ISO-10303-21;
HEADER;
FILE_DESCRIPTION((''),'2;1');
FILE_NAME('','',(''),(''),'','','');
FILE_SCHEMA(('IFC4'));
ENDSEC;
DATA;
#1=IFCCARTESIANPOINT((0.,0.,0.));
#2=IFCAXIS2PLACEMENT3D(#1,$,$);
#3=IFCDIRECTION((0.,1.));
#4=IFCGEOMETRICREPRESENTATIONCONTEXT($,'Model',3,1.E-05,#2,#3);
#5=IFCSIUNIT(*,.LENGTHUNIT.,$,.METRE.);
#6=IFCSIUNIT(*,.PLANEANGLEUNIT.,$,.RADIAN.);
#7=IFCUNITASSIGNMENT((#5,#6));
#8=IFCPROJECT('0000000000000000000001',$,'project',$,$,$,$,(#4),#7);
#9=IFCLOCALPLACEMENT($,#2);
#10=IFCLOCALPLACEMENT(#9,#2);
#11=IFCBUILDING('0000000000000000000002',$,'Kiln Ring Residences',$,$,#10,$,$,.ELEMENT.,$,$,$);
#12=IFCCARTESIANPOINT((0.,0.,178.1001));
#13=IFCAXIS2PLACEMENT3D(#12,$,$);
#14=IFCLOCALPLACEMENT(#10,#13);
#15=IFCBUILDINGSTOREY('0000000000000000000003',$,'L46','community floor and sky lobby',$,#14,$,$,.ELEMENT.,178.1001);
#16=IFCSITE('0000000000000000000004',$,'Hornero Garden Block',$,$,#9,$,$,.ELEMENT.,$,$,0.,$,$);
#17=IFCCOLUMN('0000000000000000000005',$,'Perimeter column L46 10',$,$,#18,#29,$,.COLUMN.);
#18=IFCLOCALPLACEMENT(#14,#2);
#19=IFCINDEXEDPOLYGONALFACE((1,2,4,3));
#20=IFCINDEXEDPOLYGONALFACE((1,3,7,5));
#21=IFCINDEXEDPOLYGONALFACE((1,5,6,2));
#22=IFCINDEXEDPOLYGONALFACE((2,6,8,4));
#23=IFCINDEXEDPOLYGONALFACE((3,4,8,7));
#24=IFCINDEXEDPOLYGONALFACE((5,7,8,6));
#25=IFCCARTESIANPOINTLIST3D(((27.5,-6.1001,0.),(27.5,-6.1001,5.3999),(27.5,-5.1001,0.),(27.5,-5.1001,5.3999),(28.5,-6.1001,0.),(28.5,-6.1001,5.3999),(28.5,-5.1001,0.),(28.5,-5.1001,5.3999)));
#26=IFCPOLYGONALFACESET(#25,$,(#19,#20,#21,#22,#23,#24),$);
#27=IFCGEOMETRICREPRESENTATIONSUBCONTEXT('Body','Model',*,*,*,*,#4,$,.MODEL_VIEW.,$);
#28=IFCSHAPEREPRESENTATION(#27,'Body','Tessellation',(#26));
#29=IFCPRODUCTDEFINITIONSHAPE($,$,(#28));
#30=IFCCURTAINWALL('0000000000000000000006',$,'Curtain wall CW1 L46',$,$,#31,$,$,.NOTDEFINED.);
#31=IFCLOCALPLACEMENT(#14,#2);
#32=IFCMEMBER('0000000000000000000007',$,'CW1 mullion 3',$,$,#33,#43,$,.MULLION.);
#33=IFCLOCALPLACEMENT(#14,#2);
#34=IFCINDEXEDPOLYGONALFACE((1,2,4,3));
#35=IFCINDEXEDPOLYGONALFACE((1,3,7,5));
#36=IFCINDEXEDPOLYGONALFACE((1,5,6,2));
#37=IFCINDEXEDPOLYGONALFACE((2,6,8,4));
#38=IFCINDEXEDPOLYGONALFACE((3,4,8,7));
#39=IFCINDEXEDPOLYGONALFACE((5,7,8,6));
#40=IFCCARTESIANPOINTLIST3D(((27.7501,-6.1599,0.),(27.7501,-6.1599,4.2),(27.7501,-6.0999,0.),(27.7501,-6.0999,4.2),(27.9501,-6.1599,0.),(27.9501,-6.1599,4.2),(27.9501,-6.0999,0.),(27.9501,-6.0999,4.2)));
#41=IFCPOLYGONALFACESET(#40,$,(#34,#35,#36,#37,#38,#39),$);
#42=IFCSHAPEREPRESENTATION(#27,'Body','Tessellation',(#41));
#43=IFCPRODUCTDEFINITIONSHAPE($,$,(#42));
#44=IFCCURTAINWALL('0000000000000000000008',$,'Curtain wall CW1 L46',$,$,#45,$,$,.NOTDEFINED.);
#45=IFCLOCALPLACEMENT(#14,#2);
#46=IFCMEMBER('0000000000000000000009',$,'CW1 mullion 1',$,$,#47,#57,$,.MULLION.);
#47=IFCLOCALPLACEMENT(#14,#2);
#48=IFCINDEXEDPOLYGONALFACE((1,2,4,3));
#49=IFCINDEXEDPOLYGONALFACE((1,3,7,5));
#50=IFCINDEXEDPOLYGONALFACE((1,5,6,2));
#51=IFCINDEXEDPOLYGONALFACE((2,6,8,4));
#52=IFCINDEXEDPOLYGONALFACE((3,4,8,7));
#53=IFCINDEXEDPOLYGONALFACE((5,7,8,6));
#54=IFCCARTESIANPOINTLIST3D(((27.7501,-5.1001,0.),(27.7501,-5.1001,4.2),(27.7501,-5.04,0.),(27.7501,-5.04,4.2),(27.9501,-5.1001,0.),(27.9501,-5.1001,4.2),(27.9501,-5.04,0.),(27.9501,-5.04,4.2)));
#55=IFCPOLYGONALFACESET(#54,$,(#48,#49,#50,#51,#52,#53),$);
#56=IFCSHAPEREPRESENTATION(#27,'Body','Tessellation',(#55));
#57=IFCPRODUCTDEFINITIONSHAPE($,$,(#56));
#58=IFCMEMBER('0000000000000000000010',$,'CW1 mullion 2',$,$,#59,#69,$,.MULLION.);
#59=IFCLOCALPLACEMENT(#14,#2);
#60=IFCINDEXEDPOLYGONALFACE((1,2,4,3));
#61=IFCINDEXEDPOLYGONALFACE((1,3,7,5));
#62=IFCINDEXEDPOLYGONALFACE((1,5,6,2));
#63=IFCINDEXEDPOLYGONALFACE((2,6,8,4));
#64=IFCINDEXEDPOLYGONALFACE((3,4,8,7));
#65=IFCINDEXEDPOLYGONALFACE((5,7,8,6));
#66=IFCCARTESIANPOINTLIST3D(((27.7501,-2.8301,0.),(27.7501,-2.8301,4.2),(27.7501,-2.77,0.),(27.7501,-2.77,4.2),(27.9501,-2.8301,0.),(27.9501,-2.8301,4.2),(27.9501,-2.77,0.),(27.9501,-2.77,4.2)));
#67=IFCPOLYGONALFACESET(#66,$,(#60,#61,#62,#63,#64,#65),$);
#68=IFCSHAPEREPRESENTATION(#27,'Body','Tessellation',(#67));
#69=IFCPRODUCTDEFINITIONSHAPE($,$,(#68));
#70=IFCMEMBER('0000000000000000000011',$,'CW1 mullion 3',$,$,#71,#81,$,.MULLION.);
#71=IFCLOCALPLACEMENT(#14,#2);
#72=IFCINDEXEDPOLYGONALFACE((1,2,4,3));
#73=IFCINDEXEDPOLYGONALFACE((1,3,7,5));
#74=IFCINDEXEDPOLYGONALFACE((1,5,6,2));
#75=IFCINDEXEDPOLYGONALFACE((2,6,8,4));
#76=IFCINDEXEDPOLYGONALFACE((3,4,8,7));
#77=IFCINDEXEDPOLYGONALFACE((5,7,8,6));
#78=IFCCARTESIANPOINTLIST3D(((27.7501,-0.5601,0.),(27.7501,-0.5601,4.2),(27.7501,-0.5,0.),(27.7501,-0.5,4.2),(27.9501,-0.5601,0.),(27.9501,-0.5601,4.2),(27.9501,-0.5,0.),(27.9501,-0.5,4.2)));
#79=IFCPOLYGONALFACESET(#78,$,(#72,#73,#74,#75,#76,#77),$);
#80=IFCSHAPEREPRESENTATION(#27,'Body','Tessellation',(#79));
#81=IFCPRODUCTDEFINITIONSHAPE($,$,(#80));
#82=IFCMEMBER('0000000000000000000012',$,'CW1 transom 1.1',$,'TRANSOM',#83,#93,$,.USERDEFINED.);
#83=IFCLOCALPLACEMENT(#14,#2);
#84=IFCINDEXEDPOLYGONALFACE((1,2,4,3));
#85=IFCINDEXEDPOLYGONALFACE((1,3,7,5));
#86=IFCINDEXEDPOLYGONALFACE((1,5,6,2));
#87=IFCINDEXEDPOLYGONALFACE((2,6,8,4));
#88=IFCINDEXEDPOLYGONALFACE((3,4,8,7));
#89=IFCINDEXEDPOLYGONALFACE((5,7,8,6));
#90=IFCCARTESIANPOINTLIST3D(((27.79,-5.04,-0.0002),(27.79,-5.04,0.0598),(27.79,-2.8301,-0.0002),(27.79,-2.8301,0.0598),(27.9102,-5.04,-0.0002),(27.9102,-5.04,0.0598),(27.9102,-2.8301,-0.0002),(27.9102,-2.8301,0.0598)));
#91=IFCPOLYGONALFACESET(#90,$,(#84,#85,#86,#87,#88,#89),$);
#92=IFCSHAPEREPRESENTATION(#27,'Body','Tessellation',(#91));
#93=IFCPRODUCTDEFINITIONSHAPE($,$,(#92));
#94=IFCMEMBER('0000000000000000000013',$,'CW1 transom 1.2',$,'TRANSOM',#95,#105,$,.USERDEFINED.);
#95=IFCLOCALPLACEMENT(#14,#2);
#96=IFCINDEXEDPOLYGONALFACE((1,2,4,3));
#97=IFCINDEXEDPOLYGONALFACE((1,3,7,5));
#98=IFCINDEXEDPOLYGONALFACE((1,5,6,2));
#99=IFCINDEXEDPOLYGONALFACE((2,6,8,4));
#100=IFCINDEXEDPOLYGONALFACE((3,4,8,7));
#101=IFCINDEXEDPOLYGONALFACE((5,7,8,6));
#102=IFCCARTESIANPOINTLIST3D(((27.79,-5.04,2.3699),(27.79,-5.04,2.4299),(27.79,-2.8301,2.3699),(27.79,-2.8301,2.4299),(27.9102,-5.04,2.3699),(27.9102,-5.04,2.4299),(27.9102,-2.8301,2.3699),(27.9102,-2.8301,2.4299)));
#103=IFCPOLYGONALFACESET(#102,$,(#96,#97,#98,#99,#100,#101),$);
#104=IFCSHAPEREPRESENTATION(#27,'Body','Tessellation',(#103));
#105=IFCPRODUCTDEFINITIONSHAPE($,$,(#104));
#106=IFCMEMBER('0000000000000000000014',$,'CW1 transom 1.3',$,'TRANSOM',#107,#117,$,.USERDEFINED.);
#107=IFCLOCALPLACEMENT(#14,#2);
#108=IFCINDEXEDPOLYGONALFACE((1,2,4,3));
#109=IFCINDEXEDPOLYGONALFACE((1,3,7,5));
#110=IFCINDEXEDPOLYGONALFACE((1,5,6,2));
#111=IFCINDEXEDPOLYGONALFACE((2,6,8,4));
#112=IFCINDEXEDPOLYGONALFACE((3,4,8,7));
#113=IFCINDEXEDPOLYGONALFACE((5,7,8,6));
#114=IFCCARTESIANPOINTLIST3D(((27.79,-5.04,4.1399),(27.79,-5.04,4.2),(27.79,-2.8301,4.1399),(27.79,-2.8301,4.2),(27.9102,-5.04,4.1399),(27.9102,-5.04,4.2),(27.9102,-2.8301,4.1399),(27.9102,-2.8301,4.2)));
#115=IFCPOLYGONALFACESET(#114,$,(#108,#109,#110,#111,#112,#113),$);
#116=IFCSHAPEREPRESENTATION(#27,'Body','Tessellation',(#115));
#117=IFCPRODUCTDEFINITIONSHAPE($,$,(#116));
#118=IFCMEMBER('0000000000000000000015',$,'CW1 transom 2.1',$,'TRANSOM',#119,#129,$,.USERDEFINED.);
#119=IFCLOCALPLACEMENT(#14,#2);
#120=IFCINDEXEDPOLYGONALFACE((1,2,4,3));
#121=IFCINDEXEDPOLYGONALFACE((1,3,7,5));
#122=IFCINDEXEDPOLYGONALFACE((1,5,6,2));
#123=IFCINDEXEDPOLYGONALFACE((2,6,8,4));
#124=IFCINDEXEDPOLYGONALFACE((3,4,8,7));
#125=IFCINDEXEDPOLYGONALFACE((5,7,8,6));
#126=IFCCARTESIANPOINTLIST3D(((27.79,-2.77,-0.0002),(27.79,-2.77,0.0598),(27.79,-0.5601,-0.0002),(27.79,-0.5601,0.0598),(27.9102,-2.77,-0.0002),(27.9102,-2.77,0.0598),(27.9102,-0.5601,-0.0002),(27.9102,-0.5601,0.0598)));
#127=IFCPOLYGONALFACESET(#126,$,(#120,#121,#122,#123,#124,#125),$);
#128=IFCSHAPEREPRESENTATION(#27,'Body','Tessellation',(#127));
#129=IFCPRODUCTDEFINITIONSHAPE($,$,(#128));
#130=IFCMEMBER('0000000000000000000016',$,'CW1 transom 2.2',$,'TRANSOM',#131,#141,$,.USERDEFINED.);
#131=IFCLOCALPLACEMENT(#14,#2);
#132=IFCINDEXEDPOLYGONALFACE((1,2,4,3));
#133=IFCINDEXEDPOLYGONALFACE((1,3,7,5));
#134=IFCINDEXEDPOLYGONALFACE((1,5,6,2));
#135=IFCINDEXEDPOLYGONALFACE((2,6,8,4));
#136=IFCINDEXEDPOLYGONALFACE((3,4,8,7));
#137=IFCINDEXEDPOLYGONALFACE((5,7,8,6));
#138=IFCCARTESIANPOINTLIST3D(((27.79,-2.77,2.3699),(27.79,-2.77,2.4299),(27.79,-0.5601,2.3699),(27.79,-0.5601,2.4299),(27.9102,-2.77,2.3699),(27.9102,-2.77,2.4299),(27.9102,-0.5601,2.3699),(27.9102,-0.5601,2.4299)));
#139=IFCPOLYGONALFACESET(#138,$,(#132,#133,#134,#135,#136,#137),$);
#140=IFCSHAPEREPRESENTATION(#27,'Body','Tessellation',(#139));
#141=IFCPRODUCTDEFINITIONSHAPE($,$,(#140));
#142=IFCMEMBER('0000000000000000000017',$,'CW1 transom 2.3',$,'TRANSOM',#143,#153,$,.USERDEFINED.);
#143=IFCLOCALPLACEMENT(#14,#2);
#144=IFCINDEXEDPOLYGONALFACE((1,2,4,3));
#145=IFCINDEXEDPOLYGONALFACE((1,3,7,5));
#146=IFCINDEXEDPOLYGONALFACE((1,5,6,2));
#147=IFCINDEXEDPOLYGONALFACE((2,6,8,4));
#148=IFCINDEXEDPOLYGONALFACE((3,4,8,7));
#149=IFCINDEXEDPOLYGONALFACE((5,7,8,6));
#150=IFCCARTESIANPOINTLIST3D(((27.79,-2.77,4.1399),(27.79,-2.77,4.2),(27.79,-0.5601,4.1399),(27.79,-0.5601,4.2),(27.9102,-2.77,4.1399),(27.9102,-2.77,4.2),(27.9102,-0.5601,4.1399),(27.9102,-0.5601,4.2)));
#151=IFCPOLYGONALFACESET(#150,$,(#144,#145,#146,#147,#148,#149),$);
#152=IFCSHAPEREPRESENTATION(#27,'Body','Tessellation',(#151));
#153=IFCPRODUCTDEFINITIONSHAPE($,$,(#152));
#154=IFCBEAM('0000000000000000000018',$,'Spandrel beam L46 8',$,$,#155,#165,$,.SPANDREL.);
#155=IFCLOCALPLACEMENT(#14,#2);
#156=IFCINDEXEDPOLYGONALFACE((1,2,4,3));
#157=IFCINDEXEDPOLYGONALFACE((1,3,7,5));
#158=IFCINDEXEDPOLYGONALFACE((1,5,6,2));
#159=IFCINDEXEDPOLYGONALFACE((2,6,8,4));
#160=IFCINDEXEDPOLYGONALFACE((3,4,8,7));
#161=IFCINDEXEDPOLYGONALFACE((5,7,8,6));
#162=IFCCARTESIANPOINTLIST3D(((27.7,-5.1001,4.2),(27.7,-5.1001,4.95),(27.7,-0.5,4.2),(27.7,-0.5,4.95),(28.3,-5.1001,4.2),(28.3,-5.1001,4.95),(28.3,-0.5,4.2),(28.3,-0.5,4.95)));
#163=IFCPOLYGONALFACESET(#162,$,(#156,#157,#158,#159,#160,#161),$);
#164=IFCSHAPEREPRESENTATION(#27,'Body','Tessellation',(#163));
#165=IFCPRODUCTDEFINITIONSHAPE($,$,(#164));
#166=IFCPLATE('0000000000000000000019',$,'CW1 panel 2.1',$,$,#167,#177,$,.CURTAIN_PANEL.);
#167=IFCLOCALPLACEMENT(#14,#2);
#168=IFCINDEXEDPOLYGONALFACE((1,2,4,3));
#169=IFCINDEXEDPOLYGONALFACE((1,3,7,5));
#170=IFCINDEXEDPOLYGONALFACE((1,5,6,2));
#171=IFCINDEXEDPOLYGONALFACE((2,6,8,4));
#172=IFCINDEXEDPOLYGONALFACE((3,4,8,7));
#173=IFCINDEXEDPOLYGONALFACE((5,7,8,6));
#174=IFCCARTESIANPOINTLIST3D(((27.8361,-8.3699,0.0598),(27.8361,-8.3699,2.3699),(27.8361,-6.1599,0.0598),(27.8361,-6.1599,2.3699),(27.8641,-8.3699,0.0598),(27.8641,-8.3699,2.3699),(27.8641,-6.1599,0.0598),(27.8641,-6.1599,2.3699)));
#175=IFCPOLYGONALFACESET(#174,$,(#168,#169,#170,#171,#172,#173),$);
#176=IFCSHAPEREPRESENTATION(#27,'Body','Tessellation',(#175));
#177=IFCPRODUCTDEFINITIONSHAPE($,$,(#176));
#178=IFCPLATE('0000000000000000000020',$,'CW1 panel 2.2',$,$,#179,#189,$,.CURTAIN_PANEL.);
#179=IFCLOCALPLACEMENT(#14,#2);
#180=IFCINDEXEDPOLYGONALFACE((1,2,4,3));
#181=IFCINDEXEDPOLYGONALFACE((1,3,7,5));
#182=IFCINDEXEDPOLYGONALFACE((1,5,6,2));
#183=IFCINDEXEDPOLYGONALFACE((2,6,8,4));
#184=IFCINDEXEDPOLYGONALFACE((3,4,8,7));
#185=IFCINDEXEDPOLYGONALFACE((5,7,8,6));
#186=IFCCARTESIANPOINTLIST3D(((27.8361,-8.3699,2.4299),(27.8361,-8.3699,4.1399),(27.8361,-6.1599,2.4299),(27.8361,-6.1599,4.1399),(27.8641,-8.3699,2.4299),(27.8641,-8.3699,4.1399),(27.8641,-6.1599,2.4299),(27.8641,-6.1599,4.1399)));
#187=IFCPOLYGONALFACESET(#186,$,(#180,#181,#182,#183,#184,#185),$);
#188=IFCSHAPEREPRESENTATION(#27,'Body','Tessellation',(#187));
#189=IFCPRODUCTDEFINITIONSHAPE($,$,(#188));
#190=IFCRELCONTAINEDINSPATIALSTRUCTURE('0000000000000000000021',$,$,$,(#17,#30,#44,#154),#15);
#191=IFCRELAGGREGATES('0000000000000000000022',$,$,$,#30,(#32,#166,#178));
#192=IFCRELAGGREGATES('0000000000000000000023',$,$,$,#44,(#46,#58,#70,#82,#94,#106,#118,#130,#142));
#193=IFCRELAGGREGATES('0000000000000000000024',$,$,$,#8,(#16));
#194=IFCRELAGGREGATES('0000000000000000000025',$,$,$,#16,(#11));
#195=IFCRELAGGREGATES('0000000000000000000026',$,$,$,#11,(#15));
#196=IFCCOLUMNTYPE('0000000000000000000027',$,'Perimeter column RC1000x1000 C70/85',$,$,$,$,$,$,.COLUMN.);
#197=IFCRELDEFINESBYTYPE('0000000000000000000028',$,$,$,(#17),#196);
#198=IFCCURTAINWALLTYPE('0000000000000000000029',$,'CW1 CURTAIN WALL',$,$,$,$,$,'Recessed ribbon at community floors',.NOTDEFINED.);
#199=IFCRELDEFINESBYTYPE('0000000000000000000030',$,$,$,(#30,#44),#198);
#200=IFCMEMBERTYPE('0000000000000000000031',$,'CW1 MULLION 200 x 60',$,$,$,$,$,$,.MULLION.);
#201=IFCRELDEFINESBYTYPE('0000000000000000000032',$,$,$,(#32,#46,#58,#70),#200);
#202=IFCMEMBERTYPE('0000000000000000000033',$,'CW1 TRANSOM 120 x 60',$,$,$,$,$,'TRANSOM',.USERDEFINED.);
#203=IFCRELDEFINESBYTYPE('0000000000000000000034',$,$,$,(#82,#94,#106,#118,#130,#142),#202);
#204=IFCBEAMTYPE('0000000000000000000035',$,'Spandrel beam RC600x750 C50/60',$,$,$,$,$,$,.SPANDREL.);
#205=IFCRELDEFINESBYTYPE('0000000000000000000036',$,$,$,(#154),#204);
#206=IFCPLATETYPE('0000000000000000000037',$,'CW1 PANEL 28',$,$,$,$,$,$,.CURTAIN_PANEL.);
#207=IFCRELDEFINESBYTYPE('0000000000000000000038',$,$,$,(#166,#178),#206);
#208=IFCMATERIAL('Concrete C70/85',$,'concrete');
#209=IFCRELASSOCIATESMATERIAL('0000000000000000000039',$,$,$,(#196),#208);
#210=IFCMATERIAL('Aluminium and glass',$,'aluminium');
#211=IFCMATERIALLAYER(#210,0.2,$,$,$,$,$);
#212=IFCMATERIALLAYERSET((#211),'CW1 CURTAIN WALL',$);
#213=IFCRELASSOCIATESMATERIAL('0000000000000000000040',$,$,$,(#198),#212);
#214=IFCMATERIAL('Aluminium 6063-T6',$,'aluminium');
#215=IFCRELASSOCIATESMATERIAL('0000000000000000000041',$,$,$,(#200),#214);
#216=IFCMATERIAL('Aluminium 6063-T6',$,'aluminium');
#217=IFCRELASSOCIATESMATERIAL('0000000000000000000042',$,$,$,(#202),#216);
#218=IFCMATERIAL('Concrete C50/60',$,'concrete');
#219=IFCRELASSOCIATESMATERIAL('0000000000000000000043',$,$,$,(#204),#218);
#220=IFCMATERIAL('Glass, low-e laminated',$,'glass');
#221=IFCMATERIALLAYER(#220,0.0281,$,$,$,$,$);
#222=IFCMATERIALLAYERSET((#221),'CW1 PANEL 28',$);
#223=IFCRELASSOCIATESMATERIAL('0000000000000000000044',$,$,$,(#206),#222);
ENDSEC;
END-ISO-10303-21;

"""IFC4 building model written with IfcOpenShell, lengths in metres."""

from ifc_helpers import new_model, si_unit, direction, frame, origin, origin_2d, place, context, subcontext, project, spatial, rectangle, extrude, material, layer, layer_set, material_profile, profile_set, type_object, element, aggregate, save


model = new_model("IFC4")

# Units and contexts
model_context = context("Model", 3, precision=1e-05, world=origin(), true_north=direction((0.0, 1.0)))
body_context = subcontext(model_context, "Body", "Model", "MODEL_VIEW")
ifc_project = project(units=[si_unit("LENGTHUNIT", "METRE"), si_unit("PLANEANGLEUNIT", "RADIAN")], contexts=[model_context])

# Site, building, storey
site_placement = place(None, origin())
site = spatial("IfcSite", under=ifc_project, at=site_placement, Name="Hornero Garden Block", CompositionType="ELEMENT", RefElevation=0.0)
building_placement = place(site_placement, origin())
building = spatial("IfcBuilding", under=site, at=building_placement, Name="Kiln Ring Residences", CompositionType="ELEMENT")
storey_placement = place(building_placement, frame((0.0, 0.0, 178.1001)))
storey = spatial("IfcBuildingStorey", under=building, at=storey_placement, Name="L46", Description="community floor and sky lobby", CompositionType="ELEMENT", Elevation=178.1001)

# Column
ifc_material_1 = material(Name="Concrete C70/85", Category="concrete")
ifc_material_profile_1 = material_profile(ifc_material_1, rectangle(XDim=1.0, YDim=1.0, at=origin_2d()), Name="RC1000x1000")
ifc_profile_set_1 = profile_set([ifc_material_profile_1], Name="Concrete C70/85")
column_type = type_object("IfcColumnType", Name="Perimeter column RC1000x1000 C70/85", PredefinedType="COLUMN", material=ifc_profile_set_1)
column_placement = place(storey_placement, frame((28.0, -5.6001, 0.0), z_axis=(0.0, 0.0, 1.0), x_axis=(1.0, 0.0, 0.0)))
element("IfcColumn", 1, at=column_placement, inside=storey, type_object=column_type, Name="Perimeter column L46 10", PredefinedType="COLUMN", context=body_context, shape_type="SweptSolid", body=[
    extrude(rectangle(XDim=1.0, YDim=1.0, at=origin_2d()), origin(), (0.0, 0.0, 1.0), 5.3999),
])

# Curtain wall, member
ifc_material_2 = material(Name="Aluminium and glass", Category="aluminium")
ifc_layer_1 = layer(ifc_material_2, 0.2)
ifc_layer_set_1 = layer_set([ifc_layer_1], Name="CW1 CURTAIN WALL")
curtain_wall_type = type_object("IfcCurtainWallType", Name="CW1 CURTAIN WALL", ElementType="Recessed ribbon at community floors", PredefinedType="NOTDEFINED", material=ifc_layer_set_1)
placement = place(storey_placement, origin())
curtain_wall_1 = element("IfcCurtainWall", 2, at=placement, inside=storey, type_object=curtain_wall_type, Name="Curtain wall CW1 L46", PredefinedType="NOTDEFINED")
ifc_material_3 = material(Name="Aluminium 6063-T6", Category="aluminium")
ifc_material_profile_2 = material_profile(ifc_material_3, rectangle(XDim=0.2, YDim=0.0601, at=origin_2d()), Name="AL 200x60")
ifc_profile_set_2 = profile_set([ifc_material_profile_2], Name="Aluminium 6063-T6")
member_type_1 = type_object("IfcMemberType", Name="CW1 MULLION 200 x 60", PredefinedType="MULLION", material=ifc_profile_set_2)
member_1_placement = place(storey_placement, frame((27.8501, -6.1299, 0.0), z_axis=(0.0, 0.0, 1.0), x_axis=(-1.0, 0.0, 0.0)))
member_1 = element("IfcMember", 3, at=member_1_placement, type_object=member_type_1, Name="CW1 mullion 3", PredefinedType="MULLION", context=body_context, shape_type="SweptSolid", body=[
    extrude(rectangle(XDim=0.2, YDim=0.0601, at=origin_2d()), origin(), (0.0, 0.0, 1.0), 4.2),
])

# Curtain wall, members
curtain_wall_2 = element("IfcCurtainWall", 4, at=placement, inside=storey, type_object=curtain_wall_type, Name="Curtain wall CW1 L46", PredefinedType="NOTDEFINED")
member_2_placement = place(storey_placement, frame((27.8501, -5.0701, 0.0), z_axis=(0.0, 0.0, 1.0), x_axis=(-1.0, 0.0, 0.0)))
member_2 = element("IfcMember", 5, at=member_2_placement, type_object=member_type_1, Name="CW1 mullion 1", PredefinedType="MULLION", context=body_context, shape_type="SweptSolid", body=[
    extrude(rectangle(XDim=0.2, YDim=0.0601, at=origin_2d()), origin(), (0.0, 0.0, 1.0), 4.2),
])
member_3_placement = place(storey_placement, frame((27.8501, -2.8, 0.0), z_axis=(0.0, 0.0, 1.0), x_axis=(-1.0, 0.0, 0.0)))
member_3 = element("IfcMember", 6, at=member_3_placement, type_object=member_type_1, Name="CW1 mullion 2", PredefinedType="MULLION", context=body_context, shape_type="SweptSolid", body=[
    extrude(rectangle(XDim=0.2, YDim=0.0601, at=origin_2d()), origin(), (0.0, 0.0, 1.0), 4.2),
])
member_4_placement = place(storey_placement, frame((27.8501, -0.53, 0.0), z_axis=(0.0, 0.0, 1.0), x_axis=(-1.0, 0.0, 0.0)))
member_4 = element("IfcMember", 7, at=member_4_placement, type_object=member_type_1, Name="CW1 mullion 3", PredefinedType="MULLION", context=body_context, shape_type="SweptSolid", body=[
    extrude(rectangle(XDim=0.2, YDim=0.0601, at=origin_2d()), origin(), (0.0, 0.0, 1.0), 4.2),
])
ifc_material_4 = material(Name="Aluminium 6063-T6", Category="aluminium")
ifc_material_profile_3 = material_profile(ifc_material_4, rectangle(XDim=0.1201, YDim=0.0601, at=origin_2d()), Name="AL 120x60")
ifc_profile_set_3 = profile_set([ifc_material_profile_3], Name="Aluminium 6063-T6")
member_type_2 = type_object("IfcMemberType", Name="CW1 TRANSOM 120 x 60", ElementType="TRANSOM", PredefinedType="USERDEFINED", material=ifc_profile_set_3)
member_5_placement = place(storey_placement, frame((27.8501, -5.04, 0.0298), z_axis=(0.0, 1.0, 0.0), x_axis=(-1.0, 0.0, 0.0)))
member_5 = element("IfcMember", 8, at=member_5_placement, type_object=member_type_2, Name="CW1 transom 1.1", ObjectType="TRANSOM", PredefinedType="USERDEFINED", context=body_context, shape_type="SweptSolid", body=[
    extrude(rectangle(XDim=0.1201, YDim=0.0601, at=origin_2d()), origin(), (0.0, 0.0, 1.0), 2.21),
])
member_6_placement = place(storey_placement, frame((27.8501, -5.04, 2.3999), z_axis=(0.0, 1.0, 0.0), x_axis=(-1.0, 0.0, 0.0)))
member_6 = element("IfcMember", 9, at=member_6_placement, type_object=member_type_2, Name="CW1 transom 1.2", ObjectType="TRANSOM", PredefinedType="USERDEFINED", context=body_context, shape_type="SweptSolid", body=[
    extrude(rectangle(XDim=0.1201, YDim=0.0601, at=origin_2d()), origin(), (0.0, 0.0, 1.0), 2.21),
])
member_7_placement = place(storey_placement, frame((27.8501, -5.04, 4.1699), z_axis=(0.0, 1.0, 0.0), x_axis=(-1.0, 0.0, 0.0)))
member_7 = element("IfcMember", 10, at=member_7_placement, type_object=member_type_2, Name="CW1 transom 1.3", ObjectType="TRANSOM", PredefinedType="USERDEFINED", context=body_context, shape_type="SweptSolid", body=[
    extrude(rectangle(XDim=0.1201, YDim=0.0601, at=origin_2d()), origin(), (0.0, 0.0, 1.0), 2.21),
])
member_8_placement = place(storey_placement, frame((27.8501, -2.77, 0.0298), z_axis=(0.0, 1.0, 0.0), x_axis=(-1.0, 0.0, 0.0)))
member_8 = element("IfcMember", 11, at=member_8_placement, type_object=member_type_2, Name="CW1 transom 2.1", ObjectType="TRANSOM", PredefinedType="USERDEFINED", context=body_context, shape_type="SweptSolid", body=[
    extrude(rectangle(XDim=0.1201, YDim=0.0601, at=origin_2d()), origin(), (0.0, 0.0, 1.0), 2.21),
])
member_9_placement = place(storey_placement, frame((27.8501, -2.77, 2.3999), z_axis=(0.0, 1.0, 0.0), x_axis=(-1.0, 0.0, 0.0)))
member_9 = element("IfcMember", 12, at=member_9_placement, type_object=member_type_2, Name="CW1 transom 2.2", ObjectType="TRANSOM", PredefinedType="USERDEFINED", context=body_context, shape_type="SweptSolid", body=[
    extrude(rectangle(XDim=0.1201, YDim=0.0601, at=origin_2d()), origin(), (0.0, 0.0, 1.0), 2.21),
])
member_10_placement = place(storey_placement, frame((27.8501, -2.77, 4.1699), z_axis=(0.0, 1.0, 0.0), x_axis=(-1.0, 0.0, 0.0)))
member_10 = element("IfcMember", 13, at=member_10_placement, type_object=member_type_2, Name="CW1 transom 2.3", ObjectType="TRANSOM", PredefinedType="USERDEFINED", context=body_context, shape_type="SweptSolid", body=[
    extrude(rectangle(XDim=0.1201, YDim=0.0601, at=origin_2d()), origin(), (0.0, 0.0, 1.0), 2.21),
])

# Beam
ifc_material_5 = material(Name="Concrete C50/60", Category="concrete")
ifc_material_profile_4 = material_profile(ifc_material_5, rectangle(XDim=0.6001, YDim=0.75, at=origin_2d()), Name="RC600x750")
ifc_profile_set_4 = profile_set([ifc_material_profile_4], Name="Concrete C50/60")
beam_type = type_object("IfcBeamType", Name="Spandrel beam RC600x750 C50/60", PredefinedType="SPANDREL", material=ifc_profile_set_4)
beam_placement = place(storey_placement, frame((28.0, -5.1001, 4.575), z_axis=(0.0, 1.0, 0.0), x_axis=(-1.0, 0.0, 0.0)))
element("IfcBeam", 14, at=beam_placement, inside=storey, type_object=beam_type, Name="Spandrel beam L46 8", PredefinedType="SPANDREL", context=body_context, shape_type="SweptSolid", body=[
    extrude(rectangle(XDim=0.6001, YDim=0.75, at=origin_2d()), origin(), (0.0, 0.0, 1.0), 4.6001),
])

# Plates
ifc_material_6 = material(Name="Glass, low-e laminated", Category="glass")
ifc_layer_2 = layer(ifc_material_6, 0.0281)
ifc_layer_set_2 = layer_set([ifc_layer_2], Name="CW1 PANEL 28")
plate_type = type_object("IfcPlateType", Name="CW1 PANEL 28", PredefinedType="CURTAIN_PANEL", material=ifc_layer_set_2)
plate_1_placement = place(storey_placement, frame((27.8501, -7.2649, 0.0598), z_axis=(0.0, 0.0, 1.0), x_axis=(0.0, 1.0, 0.0)))
plate_1 = element("IfcPlate", 15, at=plate_1_placement, type_object=plate_type, Name="CW1 panel 2.1", PredefinedType="CURTAIN_PANEL", context=body_context, shape_type="SweptSolid", body=[
    extrude(rectangle(XDim=2.21, YDim=0.0281, at=origin_2d()), origin(), (0.0, 0.0, 1.0), 2.3101),
])
plate_2_placement = place(storey_placement, frame((27.8501, -7.2649, 2.4299), z_axis=(0.0, 0.0, 1.0), x_axis=(0.0, 1.0, 0.0)))
plate_2 = element("IfcPlate", 16, at=plate_2_placement, type_object=plate_type, Name="CW1 panel 2.2", PredefinedType="CURTAIN_PANEL", context=body_context, shape_type="SweptSolid", body=[
    extrude(rectangle(XDim=2.21, YDim=0.0281, at=origin_2d()), origin(), (0.0, 0.0, 1.0), 1.71),
])
aggregate(curtain_wall_1, [member_1, plate_1, plate_2])
aggregate(curtain_wall_2, [member_2, member_3, member_4, member_5, member_6, member_7, member_8, member_9, member_10])

save(model, "model.ifc")
